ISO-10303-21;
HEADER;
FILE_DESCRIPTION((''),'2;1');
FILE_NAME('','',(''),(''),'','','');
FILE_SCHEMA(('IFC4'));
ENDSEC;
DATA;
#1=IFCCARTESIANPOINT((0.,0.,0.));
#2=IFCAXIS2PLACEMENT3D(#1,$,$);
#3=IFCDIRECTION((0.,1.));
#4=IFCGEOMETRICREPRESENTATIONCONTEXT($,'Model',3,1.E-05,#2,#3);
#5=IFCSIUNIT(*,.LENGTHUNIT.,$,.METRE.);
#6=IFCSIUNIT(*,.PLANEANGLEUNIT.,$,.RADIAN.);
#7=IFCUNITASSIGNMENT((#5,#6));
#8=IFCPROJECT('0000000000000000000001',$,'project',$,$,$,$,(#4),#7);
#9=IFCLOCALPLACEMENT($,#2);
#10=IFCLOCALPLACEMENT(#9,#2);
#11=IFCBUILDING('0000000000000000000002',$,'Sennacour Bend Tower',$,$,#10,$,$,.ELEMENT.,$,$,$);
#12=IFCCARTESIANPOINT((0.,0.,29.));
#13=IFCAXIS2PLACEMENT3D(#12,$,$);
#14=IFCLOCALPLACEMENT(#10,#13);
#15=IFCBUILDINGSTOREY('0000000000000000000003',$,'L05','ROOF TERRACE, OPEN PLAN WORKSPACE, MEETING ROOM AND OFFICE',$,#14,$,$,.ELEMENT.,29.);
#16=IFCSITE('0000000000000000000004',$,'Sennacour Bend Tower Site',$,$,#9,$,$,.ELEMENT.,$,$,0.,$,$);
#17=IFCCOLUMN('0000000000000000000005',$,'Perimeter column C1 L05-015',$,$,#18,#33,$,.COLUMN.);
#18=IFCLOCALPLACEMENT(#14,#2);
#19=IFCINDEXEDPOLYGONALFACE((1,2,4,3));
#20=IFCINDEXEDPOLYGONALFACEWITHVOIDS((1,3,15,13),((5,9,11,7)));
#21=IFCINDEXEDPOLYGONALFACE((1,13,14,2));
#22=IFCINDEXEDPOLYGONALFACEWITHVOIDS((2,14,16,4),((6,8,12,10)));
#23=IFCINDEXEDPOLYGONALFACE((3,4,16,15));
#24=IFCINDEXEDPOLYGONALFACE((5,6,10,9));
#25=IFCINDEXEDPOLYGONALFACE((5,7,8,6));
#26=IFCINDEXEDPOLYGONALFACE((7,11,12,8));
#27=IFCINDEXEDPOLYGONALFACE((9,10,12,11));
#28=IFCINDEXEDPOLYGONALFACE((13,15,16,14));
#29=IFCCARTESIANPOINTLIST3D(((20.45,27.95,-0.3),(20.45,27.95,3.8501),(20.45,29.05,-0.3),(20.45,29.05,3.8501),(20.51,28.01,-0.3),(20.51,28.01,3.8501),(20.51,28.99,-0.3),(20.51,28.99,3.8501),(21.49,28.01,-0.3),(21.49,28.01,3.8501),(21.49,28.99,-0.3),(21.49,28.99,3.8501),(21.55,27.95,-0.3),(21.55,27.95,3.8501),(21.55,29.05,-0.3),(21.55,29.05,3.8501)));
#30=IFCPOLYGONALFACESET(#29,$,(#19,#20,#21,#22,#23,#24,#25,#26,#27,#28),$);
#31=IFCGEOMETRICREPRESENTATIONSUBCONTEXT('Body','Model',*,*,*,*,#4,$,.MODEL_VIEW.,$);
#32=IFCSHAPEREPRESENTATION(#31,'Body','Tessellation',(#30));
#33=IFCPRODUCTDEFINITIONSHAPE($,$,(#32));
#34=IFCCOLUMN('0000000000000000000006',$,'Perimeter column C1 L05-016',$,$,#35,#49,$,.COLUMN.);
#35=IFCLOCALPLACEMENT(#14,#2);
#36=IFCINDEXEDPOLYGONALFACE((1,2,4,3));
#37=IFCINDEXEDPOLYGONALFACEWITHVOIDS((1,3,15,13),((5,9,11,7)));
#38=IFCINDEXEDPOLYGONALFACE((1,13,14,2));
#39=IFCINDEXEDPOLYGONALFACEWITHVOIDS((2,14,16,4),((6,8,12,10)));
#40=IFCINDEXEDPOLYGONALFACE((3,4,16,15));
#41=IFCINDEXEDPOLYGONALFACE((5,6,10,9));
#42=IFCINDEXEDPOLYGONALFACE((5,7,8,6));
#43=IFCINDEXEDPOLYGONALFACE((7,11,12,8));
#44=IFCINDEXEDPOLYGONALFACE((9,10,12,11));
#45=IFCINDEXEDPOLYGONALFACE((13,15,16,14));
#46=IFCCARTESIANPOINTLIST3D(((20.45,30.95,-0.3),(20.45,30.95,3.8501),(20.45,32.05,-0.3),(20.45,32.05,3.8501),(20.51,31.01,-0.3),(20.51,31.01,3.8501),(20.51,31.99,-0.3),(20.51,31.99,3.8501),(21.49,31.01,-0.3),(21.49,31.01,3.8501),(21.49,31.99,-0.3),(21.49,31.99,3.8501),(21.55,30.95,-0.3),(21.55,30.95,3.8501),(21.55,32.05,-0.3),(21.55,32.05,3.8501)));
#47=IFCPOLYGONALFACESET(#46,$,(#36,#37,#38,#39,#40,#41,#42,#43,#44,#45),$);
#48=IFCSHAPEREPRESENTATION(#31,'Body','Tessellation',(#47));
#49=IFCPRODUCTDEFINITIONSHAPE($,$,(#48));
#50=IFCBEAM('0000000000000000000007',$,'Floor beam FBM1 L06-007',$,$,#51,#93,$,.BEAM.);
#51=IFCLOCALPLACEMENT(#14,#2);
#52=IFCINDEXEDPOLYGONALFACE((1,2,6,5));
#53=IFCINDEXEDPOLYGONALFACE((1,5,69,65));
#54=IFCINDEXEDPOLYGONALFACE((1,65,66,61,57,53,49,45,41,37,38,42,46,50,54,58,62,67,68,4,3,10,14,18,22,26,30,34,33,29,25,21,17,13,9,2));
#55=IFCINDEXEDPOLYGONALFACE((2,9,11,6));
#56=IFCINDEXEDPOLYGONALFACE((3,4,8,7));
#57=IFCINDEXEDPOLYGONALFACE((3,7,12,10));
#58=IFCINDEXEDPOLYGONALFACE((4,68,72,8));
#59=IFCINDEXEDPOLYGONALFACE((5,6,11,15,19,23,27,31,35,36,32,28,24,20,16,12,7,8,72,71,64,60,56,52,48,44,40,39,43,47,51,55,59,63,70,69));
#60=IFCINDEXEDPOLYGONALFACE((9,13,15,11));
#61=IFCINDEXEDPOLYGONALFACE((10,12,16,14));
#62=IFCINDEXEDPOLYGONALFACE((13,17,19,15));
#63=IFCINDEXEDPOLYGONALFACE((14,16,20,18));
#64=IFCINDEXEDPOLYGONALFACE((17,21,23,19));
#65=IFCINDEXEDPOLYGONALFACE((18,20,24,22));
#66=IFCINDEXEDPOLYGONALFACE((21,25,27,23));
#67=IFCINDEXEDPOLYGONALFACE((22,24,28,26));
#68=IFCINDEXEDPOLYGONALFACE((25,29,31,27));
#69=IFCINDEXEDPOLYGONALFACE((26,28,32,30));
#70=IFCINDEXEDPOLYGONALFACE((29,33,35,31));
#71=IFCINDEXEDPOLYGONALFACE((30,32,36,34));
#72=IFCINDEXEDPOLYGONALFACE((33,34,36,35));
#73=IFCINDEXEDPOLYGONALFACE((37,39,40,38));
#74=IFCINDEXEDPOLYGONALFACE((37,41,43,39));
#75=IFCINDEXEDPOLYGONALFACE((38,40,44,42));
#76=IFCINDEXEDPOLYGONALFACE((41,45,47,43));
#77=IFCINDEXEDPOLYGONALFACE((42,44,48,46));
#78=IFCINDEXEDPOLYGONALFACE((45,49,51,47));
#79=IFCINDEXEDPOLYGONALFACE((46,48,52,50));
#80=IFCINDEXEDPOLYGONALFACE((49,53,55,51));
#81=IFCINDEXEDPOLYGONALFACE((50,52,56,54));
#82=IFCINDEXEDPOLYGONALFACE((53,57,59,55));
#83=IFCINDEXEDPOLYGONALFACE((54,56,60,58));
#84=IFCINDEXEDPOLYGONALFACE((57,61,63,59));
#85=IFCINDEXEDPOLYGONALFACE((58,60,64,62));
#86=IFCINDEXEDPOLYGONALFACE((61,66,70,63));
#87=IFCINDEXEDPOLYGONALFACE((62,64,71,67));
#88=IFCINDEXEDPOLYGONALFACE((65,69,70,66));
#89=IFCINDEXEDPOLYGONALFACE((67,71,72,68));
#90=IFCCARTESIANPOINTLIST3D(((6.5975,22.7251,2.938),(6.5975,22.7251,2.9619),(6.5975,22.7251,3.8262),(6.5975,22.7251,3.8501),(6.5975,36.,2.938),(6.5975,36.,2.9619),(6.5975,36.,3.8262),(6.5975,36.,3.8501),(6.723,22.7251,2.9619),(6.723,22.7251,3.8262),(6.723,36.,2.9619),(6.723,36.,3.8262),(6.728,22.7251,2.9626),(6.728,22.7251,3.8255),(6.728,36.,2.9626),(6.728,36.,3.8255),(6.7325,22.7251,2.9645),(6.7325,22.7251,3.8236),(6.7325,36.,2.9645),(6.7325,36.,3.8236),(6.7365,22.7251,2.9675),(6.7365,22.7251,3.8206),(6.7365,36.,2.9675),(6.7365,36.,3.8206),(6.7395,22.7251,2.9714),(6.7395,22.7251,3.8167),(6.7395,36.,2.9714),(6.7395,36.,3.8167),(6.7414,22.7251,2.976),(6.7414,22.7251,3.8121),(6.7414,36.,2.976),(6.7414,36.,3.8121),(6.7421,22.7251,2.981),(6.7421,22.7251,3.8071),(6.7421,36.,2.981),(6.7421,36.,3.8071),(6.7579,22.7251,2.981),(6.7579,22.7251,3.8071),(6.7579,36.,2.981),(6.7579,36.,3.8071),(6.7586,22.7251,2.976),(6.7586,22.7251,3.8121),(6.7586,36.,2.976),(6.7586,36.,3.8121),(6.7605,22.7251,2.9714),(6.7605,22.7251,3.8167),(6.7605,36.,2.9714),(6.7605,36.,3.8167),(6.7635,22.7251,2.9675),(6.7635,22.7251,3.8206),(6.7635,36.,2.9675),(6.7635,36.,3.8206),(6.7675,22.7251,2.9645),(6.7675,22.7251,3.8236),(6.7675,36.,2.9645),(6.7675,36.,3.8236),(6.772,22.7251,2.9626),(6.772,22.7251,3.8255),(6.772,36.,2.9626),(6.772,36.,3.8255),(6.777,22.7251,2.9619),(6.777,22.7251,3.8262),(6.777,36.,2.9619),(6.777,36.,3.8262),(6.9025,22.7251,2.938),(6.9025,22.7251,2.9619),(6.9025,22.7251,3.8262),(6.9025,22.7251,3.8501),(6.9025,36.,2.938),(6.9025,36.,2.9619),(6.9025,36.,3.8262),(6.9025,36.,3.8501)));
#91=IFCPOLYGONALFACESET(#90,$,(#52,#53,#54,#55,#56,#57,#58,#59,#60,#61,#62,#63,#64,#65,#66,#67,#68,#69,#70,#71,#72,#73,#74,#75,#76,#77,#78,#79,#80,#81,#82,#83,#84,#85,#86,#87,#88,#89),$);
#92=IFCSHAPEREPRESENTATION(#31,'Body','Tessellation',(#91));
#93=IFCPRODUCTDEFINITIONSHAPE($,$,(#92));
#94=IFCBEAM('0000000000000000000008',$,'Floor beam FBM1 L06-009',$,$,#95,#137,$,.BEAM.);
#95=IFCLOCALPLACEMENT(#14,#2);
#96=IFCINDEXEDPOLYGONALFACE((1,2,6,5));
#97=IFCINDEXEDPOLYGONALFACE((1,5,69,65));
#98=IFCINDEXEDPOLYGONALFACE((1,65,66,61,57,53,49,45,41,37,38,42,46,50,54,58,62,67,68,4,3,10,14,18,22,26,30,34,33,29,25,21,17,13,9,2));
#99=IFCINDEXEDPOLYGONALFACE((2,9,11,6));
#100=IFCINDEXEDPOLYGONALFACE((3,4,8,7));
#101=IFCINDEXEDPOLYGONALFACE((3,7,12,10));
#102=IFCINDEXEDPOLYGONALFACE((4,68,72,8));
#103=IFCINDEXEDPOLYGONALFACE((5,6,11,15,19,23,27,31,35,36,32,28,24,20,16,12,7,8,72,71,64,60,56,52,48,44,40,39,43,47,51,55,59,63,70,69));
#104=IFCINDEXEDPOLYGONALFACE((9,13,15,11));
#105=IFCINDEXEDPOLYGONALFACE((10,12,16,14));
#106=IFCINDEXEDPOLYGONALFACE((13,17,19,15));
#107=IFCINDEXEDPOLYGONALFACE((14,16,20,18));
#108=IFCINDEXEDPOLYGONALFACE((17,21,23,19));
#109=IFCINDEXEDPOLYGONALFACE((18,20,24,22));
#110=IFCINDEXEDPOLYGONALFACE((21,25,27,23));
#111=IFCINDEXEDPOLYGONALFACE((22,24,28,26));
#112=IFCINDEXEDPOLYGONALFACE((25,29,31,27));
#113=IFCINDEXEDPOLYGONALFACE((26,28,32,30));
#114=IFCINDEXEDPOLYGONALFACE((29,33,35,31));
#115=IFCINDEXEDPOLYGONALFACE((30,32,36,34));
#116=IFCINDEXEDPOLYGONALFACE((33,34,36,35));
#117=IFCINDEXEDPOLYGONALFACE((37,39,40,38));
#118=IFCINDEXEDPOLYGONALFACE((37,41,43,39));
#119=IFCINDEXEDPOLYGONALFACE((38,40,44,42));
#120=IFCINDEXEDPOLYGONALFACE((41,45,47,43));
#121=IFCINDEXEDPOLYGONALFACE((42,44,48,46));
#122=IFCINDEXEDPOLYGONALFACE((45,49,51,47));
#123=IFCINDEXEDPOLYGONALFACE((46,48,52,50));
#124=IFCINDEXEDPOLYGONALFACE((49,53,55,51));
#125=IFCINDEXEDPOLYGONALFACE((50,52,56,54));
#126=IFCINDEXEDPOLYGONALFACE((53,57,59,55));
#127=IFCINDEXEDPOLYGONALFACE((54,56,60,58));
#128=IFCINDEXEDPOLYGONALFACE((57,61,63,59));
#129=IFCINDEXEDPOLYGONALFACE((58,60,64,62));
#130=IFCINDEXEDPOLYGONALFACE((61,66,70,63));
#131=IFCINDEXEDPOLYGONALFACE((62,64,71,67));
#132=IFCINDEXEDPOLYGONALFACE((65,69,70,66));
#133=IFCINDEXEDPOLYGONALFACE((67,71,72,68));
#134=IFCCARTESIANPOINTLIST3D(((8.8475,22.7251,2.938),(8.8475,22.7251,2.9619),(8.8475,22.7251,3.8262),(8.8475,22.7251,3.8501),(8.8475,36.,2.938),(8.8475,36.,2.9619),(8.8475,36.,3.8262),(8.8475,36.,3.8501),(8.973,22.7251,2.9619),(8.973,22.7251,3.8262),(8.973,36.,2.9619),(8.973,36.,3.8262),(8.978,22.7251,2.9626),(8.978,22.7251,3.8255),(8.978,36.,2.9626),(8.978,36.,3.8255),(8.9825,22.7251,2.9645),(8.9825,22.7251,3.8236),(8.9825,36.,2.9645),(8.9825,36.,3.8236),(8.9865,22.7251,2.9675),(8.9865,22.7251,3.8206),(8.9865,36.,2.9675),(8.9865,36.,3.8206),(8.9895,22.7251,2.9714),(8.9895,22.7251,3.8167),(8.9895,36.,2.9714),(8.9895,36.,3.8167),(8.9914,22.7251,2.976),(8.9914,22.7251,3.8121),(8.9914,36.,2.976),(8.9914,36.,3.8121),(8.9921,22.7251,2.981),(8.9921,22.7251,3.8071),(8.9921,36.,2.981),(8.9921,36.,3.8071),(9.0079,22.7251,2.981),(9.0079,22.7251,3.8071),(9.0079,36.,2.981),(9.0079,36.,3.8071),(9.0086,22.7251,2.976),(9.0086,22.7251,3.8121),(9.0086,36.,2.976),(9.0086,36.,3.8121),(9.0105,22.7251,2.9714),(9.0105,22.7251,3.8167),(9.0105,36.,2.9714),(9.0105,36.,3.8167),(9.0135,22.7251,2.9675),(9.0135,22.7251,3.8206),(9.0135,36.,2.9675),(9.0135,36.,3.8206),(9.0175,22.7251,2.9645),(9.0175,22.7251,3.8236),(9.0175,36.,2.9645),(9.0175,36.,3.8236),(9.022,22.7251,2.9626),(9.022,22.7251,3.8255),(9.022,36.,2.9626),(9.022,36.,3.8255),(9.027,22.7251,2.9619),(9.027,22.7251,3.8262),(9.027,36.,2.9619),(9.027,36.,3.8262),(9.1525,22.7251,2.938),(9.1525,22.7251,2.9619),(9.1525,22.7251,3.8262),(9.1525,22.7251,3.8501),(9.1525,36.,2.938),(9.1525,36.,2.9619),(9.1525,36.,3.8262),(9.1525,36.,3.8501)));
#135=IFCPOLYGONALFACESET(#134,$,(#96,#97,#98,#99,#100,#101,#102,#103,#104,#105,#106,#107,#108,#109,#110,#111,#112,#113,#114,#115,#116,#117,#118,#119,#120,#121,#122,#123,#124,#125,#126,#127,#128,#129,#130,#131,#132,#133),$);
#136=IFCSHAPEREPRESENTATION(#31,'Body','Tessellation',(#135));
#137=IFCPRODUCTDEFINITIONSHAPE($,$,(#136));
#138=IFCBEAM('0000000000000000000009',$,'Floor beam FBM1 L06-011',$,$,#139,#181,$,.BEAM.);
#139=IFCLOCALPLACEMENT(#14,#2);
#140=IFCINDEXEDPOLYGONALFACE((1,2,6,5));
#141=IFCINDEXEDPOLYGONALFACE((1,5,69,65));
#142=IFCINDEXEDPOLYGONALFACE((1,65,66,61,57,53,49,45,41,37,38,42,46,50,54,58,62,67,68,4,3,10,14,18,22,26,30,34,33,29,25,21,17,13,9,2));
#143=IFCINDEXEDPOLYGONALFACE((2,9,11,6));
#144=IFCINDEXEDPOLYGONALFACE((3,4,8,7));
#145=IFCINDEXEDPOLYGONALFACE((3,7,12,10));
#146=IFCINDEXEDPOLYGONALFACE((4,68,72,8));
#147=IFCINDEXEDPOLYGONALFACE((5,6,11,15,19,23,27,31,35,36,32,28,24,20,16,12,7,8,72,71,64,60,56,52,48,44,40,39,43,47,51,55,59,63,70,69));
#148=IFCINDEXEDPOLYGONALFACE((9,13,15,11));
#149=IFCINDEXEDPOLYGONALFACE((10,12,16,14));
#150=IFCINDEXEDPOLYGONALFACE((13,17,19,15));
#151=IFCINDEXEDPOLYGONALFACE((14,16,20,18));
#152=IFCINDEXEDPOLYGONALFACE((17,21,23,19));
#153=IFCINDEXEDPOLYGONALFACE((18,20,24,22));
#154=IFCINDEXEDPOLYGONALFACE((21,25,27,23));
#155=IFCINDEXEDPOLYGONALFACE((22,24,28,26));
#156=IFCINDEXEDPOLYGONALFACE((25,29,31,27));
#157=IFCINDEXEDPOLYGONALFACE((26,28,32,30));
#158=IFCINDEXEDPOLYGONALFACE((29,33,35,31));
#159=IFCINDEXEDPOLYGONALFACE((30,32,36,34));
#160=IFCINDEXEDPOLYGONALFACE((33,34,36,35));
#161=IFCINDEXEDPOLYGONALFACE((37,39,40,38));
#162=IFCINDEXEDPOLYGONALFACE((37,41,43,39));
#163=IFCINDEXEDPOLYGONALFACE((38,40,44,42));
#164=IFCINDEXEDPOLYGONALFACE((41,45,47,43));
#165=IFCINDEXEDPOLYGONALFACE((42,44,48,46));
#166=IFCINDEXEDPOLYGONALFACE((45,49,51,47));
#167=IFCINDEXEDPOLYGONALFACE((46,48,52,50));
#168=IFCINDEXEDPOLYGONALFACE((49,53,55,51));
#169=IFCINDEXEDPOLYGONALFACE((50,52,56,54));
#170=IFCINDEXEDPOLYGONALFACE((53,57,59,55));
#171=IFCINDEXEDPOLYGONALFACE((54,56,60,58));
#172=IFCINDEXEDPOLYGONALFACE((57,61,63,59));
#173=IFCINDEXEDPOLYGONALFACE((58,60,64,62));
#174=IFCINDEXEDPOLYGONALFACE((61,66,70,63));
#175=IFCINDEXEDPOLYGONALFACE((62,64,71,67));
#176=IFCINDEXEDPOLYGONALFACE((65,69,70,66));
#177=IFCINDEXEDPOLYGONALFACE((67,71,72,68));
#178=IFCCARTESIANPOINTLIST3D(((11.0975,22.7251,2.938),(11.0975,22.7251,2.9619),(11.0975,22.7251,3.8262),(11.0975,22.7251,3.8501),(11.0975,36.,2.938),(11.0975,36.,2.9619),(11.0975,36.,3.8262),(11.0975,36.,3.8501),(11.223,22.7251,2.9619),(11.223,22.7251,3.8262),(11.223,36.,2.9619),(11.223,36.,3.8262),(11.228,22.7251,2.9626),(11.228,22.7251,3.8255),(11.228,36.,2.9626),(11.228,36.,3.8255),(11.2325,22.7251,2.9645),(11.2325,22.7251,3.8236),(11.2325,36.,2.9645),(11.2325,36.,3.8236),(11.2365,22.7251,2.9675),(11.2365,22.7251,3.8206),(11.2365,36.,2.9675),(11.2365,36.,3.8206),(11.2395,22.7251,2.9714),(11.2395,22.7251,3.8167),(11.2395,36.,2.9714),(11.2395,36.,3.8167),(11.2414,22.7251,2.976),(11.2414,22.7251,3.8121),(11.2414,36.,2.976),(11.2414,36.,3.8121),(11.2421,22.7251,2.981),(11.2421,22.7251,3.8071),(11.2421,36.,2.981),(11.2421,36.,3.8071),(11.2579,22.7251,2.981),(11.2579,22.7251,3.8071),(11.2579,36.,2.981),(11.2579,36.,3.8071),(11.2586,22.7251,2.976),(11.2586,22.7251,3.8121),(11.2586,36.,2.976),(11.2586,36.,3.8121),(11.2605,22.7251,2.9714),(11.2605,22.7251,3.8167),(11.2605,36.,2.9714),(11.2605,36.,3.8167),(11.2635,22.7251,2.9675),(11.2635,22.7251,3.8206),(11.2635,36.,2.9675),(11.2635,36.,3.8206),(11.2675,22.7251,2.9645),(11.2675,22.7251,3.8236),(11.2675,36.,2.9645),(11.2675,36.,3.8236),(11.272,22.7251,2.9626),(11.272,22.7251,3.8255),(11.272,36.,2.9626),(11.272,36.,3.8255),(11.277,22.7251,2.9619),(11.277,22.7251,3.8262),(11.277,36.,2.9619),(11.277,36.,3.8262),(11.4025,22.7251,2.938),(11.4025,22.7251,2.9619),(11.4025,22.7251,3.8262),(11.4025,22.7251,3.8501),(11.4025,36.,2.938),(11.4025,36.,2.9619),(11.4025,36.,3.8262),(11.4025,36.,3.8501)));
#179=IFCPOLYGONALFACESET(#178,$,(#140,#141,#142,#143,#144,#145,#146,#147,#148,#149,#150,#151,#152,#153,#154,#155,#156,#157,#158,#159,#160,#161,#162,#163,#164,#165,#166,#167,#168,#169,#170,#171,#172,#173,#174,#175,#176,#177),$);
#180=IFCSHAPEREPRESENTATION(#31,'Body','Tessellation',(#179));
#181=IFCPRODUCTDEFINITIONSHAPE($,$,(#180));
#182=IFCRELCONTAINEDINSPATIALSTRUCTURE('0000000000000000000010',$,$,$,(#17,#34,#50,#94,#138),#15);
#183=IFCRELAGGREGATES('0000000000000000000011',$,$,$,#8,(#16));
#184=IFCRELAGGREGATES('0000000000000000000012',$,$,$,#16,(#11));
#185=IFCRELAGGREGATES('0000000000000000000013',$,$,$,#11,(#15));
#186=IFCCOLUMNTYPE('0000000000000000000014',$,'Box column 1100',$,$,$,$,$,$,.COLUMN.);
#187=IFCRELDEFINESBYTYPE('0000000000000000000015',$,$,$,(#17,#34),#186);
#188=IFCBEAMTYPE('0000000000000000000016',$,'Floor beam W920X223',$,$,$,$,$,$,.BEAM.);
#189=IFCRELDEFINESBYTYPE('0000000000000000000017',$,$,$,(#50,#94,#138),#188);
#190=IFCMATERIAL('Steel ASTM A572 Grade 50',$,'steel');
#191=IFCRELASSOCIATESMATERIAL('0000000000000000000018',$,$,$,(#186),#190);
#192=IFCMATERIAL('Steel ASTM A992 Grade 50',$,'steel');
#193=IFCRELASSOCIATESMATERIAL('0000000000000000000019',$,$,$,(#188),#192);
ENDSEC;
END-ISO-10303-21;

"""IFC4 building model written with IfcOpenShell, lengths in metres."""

from ifc_helpers import new_model, si_unit, direction, frame, origin, origin_2d, place, context, subcontext, project, spatial, hollow_rectangle, i_section, extrude, material, material_profile, profile_set, type_object, element, save


model = new_model("IFC4")

# Units and contexts
model_context = context("Model", 3, precision=1e-05, world=origin(), true_north=direction((0.0, 1.0)))
body_context = subcontext(model_context, "Body", "Model", "MODEL_VIEW")
ifc_project = project(units=[si_unit("LENGTHUNIT", "METRE"), si_unit("PLANEANGLEUNIT", "RADIAN")], contexts=[model_context])

# Site, building, storey
site_placement = place(None, origin())
site = spatial("IfcSite", under=ifc_project, at=site_placement, Name="Sennacour Bend Tower Site", CompositionType="ELEMENT", RefElevation=0.0)
building_placement = place(site_placement, origin())
building = spatial("IfcBuilding", under=site, at=building_placement, Name="Sennacour Bend Tower", CompositionType="ELEMENT")
storey_placement = place(building_placement, frame((0.0, 0.0, 29.0)))
storey = spatial("IfcBuildingStorey", under=building, at=storey_placement, Name="L05", Description="ROOF TERRACE, OPEN PLAN WORKSPACE, MEETING ROOM AND OFFICE", CompositionType="ELEMENT", Elevation=29.0)

# Columns
ifc_material_1 = material(Name="Steel ASTM A572 Grade 50", Category="steel")
ifc_material_profile_1 = material_profile(ifc_material_1, hollow_rectangle(XDim=1.1001, YDim=1.1001, WallThickness=0.0601, at=origin_2d()), Name="Steel ASTM A572 Grade 50", Category="steel")
ifc_profile_set_1 = profile_set([ifc_material_profile_1], Name="Steel ASTM A572 Grade 50")
column_type = type_object("IfcColumnType", Name="Box column 1100", PredefinedType="COLUMN", material=ifc_profile_set_1)
for number, where, z_axis, x_axis, name in (
    (1, (21.0, 28.5, -0.3), (0.0, 0.0, 1.0), (1.0, 0.0, 0.0), "Perimeter column C1 L05-015"),
    (2, (21.0, 31.5, -0.3), (0.0, 0.0, 1.0), (1.0, 0.0, 0.0), "Perimeter column C1 L05-016"),
):
    element("IfcColumn", number, at=place(storey_placement, frame(where, z_axis=z_axis, x_axis=x_axis)), inside=storey, type_object=column_type, Name=name, PredefinedType="COLUMN", context=body_context, shape_type="SweptSolid", body=[
        extrude(hollow_rectangle(XDim=1.1001, YDim=1.1001, WallThickness=0.0601, at=origin_2d()), origin(), (0.0, 0.0, 1.0), 4.1501),
    ])

# Beams
ifc_material_2 = material(Name="Steel ASTM A992 Grade 50", Category="steel")
ifc_material_profile_2 = material_profile(ifc_material_2, i_section(OverallWidth=0.3049, OverallDepth=0.9121, WebThickness=0.0159, FlangeThickness=0.0239, FilletRadius=0.019, at=origin_2d()), Name="Steel ASTM A992 Grade 50", Category="steel")
ifc_profile_set_2 = profile_set([ifc_material_profile_2], Name="Steel ASTM A992 Grade 50")
beam_type_1 = type_object("IfcBeamType", Name="Floor beam W920X223", PredefinedType="BEAM", material=ifc_profile_set_2)
for number, where, z_axis, x_axis, name in (
    (3, (6.75, 22.7251, 3.394), (0.0, 1.0, 0.0), (-1.0, 0.0, 0.0), "Floor beam FBM1 L06-007"),
    (4, (9.0, 22.7251, 3.394), (0.0, 1.0, 0.0), (-1.0, 0.0, 0.0), "Floor beam FBM1 L06-009"),
    (5, (11.25, 22.7251, 3.394), (0.0, 1.0, 0.0), (-1.0, 0.0, 0.0), "Floor beam FBM1 L06-011"),
):
    element("IfcBeam", number, at=place(storey_placement, frame(where, z_axis=z_axis, x_axis=x_axis)), inside=storey, type_object=beam_type_1, Name=name, PredefinedType="BEAM", context=body_context, shape_type="SweptSolid", body=[
        extrude(i_section(OverallWidth=0.3049, OverallDepth=0.9121, WebThickness=0.0159, FlangeThickness=0.0239, FilletRadius=0.019, at=origin_2d()), origin(), (0.0, 0.0, 1.0), 13.2749),
    ])

save(model, "model.ifc")
